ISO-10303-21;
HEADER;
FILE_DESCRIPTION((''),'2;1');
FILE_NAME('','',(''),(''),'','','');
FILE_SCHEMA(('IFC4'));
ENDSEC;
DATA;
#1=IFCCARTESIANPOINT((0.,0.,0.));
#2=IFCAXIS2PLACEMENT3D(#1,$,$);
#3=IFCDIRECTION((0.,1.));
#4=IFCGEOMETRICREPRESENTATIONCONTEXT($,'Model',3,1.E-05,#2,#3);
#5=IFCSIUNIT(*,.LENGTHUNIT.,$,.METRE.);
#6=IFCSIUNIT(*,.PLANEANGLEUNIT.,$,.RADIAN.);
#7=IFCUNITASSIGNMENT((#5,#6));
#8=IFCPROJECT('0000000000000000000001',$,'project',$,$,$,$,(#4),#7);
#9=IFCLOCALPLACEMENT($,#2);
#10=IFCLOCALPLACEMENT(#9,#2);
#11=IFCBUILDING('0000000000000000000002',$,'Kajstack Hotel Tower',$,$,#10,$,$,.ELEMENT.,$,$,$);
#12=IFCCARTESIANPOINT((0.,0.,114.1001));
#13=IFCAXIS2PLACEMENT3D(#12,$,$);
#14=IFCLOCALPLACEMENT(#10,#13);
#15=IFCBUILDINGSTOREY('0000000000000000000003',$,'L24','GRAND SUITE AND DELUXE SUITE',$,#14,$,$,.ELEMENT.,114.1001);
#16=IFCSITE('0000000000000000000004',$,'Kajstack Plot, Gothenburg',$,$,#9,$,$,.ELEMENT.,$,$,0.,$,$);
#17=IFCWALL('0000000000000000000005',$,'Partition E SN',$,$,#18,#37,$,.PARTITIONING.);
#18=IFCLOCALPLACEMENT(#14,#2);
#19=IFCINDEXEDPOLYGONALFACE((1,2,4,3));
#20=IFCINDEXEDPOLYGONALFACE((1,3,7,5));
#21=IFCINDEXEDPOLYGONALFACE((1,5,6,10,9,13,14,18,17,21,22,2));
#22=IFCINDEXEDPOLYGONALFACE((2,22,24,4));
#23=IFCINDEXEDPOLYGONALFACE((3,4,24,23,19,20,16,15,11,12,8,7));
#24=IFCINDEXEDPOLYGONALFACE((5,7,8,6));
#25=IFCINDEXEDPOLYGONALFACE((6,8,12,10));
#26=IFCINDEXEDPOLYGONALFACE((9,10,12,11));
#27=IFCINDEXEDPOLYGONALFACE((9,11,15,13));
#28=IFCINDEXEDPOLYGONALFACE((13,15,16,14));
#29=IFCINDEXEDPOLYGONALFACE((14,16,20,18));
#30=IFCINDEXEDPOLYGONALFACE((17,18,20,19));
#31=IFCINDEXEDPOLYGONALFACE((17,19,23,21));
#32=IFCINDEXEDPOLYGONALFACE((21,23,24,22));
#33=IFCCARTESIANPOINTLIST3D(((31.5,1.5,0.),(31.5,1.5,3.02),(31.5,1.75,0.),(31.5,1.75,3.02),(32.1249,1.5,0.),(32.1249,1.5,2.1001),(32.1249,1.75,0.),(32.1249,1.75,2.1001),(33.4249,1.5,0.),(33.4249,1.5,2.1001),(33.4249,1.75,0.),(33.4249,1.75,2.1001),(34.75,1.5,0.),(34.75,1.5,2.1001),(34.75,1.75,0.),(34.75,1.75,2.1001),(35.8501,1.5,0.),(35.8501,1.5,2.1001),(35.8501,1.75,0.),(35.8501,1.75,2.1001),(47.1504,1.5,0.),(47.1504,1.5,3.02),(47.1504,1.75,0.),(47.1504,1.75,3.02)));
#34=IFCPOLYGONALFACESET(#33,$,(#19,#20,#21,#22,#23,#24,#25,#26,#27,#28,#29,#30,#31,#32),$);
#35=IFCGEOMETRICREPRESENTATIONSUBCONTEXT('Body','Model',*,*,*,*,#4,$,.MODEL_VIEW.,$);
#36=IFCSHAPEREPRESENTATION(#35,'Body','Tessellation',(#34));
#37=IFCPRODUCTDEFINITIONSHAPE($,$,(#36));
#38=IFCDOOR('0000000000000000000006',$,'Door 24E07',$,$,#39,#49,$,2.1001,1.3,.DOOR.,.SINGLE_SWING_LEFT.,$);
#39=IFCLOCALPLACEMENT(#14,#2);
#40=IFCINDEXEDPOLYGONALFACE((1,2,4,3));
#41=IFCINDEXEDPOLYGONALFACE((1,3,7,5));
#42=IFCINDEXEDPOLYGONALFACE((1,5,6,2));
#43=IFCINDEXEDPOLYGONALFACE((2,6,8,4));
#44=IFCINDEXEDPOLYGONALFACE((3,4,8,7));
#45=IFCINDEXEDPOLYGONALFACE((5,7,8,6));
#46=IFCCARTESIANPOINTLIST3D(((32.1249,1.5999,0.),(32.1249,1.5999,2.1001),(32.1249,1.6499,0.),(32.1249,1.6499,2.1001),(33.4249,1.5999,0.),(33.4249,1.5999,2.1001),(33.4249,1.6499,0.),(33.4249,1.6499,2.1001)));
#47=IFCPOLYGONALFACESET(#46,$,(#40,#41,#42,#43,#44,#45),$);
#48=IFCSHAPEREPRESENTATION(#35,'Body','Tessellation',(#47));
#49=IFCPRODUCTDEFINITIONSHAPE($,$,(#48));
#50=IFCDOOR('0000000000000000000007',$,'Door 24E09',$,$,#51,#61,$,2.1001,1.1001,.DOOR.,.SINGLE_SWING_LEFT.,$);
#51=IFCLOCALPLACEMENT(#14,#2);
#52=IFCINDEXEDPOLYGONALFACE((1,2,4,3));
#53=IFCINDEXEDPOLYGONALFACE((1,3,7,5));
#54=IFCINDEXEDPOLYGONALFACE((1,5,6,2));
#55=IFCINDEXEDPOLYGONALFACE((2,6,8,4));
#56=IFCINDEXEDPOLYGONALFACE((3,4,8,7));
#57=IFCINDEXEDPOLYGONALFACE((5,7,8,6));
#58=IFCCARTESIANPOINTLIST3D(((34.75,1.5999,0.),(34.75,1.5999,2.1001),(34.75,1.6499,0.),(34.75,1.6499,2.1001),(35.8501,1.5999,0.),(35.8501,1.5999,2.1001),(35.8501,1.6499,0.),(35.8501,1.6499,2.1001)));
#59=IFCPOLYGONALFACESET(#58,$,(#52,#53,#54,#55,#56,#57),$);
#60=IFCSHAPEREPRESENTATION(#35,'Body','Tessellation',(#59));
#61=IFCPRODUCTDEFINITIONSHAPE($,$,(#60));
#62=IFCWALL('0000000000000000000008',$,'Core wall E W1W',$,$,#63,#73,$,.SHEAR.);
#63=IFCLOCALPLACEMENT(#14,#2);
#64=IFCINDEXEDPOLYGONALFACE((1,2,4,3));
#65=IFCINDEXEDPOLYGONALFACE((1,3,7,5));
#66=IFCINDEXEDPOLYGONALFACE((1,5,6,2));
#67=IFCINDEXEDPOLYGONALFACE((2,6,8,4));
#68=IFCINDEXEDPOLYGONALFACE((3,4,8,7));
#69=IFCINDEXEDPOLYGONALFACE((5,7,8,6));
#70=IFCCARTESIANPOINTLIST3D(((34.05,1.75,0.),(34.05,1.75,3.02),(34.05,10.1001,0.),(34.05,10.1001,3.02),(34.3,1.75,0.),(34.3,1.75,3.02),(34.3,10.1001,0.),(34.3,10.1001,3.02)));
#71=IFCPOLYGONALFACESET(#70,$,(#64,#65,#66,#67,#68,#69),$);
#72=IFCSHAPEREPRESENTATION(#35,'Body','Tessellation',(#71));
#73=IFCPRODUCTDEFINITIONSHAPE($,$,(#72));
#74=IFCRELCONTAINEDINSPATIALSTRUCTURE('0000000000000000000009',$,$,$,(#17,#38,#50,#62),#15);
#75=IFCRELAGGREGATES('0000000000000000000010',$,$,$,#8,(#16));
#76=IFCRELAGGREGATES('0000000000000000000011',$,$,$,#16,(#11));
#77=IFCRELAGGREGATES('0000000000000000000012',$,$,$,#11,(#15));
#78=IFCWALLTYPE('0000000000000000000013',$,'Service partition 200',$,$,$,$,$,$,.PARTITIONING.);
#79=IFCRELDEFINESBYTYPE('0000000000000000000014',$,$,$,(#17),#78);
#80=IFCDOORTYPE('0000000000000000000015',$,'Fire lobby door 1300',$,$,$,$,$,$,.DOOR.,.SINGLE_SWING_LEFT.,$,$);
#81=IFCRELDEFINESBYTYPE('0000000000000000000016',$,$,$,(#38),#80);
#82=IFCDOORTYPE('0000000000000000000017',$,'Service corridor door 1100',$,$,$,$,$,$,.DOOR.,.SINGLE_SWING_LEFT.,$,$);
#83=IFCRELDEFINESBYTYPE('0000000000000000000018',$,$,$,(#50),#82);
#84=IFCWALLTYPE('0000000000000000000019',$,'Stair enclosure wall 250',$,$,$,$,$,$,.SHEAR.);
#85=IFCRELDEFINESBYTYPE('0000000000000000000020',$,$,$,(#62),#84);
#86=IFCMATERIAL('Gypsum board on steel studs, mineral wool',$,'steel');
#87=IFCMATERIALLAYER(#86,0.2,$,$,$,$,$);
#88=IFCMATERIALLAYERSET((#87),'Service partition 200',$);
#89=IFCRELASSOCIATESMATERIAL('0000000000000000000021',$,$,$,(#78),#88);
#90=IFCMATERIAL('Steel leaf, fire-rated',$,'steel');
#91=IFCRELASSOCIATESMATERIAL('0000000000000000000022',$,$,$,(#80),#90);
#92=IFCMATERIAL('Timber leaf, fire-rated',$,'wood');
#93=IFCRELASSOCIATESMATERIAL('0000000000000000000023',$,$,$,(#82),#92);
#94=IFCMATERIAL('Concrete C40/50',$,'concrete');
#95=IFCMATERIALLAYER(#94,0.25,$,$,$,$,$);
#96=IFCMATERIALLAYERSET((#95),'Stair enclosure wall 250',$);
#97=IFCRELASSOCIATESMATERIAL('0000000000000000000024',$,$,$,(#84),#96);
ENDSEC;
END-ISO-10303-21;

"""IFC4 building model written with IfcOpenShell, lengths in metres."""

from ifc_helpers import new_model, si_unit, direction, frame, frame_2d, origin, place, context, subcontext, project, spatial, rectangle, extrude, material, layer, layer_set, type_object, element, fill, save


model = new_model("IFC4")

# Units and contexts
model_context = context("Model", 3, precision=1e-05, world=origin(), true_north=direction((0.0, 1.0)))
body_context = subcontext(model_context, "Body", "Model", "MODEL_VIEW")
ifc_project = project(units=[si_unit("LENGTHUNIT", "METRE"), si_unit("PLANEANGLEUNIT", "RADIAN")], contexts=[model_context])

# Site, building, storey
site_placement = place(None, origin())
site = spatial("IfcSite", under=ifc_project, at=site_placement, Name="Kajstack Plot, Gothenburg", CompositionType="ELEMENT", RefElevation=0.0)
building_placement = place(site_placement, origin())
building = spatial("IfcBuilding", under=site, at=building_placement, Name="Kajstack Hotel Tower", CompositionType="ELEMENT")
storey_placement = place(building_placement, frame((0.0, 0.0, 114.1001)))
storey = spatial("IfcBuildingStorey", under=building, at=storey_placement, Name="L24", Description="GRAND SUITE AND DELUXE SUITE", CompositionType="ELEMENT", Elevation=114.1001)

# Wall, openings, doors
ifc_material_1 = material(Name="Gypsum board on steel studs, mineral wool", Category="steel")
ifc_layer_1 = layer(ifc_material_1, 0.2)
ifc_layer_set_1 = layer_set([ifc_layer_1], Name="Service partition 200")
wall_type_1 = type_object("IfcWallType", Name="Service partition 200", PredefinedType="PARTITIONING", material=ifc_layer_set_1)
wall_1_placement = place(storey_placement, frame((31.5, 1.625, 0.0), z_axis=(0.0, 0.0, 1.0), x_axis=(1.0, 0.0, 0.0)))
wall_1 = element("IfcWall", 1, at=wall_1_placement, inside=storey, type_object=wall_type_1, Name="Partition E SN", PredefinedType="PARTITIONING", context=body_context, shape_type="SweptSolid", body=[
    extrude(rectangle(XDim=15.6504, YDim=0.25, at=frame_2d((7.8252, 0.0))), origin(), (0.0, 0.0, 1.0), 3.02),
])
opening_1_placement = place(wall_1_placement, frame((0.625, 0.0, 0.0)))
opening_1 = element("IfcOpeningElement", 2, at=opening_1_placement, cuts=wall_1, PredefinedType="OPENING", context=body_context, shape_type="SweptSolid", body=[
    extrude(rectangle(XDim=1.3, YDim=2.1001, at=frame_2d((0.6499, 1.05))), frame((0.0, 0.135, 0.0), z_axis=(0.0, -1.0, 0.0), x_axis=(1.0, 0.0, 0.0)), (0.0, 0.0, 1.0), 0.27),
])
opening_2_placement = place(wall_1_placement, frame((3.25, 0.0, 0.0)))
opening_2 = element("IfcOpeningElement", 3, at=opening_2_placement, cuts=wall_1, PredefinedType="OPENING", context=body_context, shape_type="SweptSolid", body=[
    extrude(rectangle(XDim=1.1001, YDim=2.1001, at=frame_2d((0.55, 1.05))), frame((0.0, 0.135, 0.0), z_axis=(0.0, -1.0, 0.0), x_axis=(1.0, 0.0, 0.0)), (0.0, 0.0, 1.0), 0.27),
])
ifc_material_2 = material(Name="Steel leaf, fire-rated", Category="steel")
door_type_1 = type_object("IfcDoorType", Name="Fire lobby door 1300", OperationType="SINGLE_SWING_LEFT", PredefinedType="DOOR", material=ifc_material_2)
door_1_placement = place(opening_1_placement, origin())
door_1 = element("IfcDoor", 4, at=door_1_placement, inside=storey, type_object=door_type_1, Name="Door 24E07", OperationType="SINGLE_SWING_LEFT", OverallHeight=2.1001, OverallWidth=1.3, PredefinedType="DOOR", context=body_context, shape_type="SweptSolid", body=[
    extrude(rectangle(XDim=1.3, YDim=2.1001, at=frame_2d((0.6499, 1.05))), frame((0.0, 0.0249, 0.0), z_axis=(0.0, -1.0, 0.0), x_axis=(1.0, 0.0, 0.0)), (0.0, 0.0, 1.0), 0.05),
])
fill(opening_1, door_1)
ifc_material_3 = material(Name="Timber leaf, fire-rated", Category="wood")
door_type_2 = type_object("IfcDoorType", Name="Service corridor door 1100", OperationType="SINGLE_SWING_LEFT", PredefinedType="DOOR", material=ifc_material_3)
door_2_placement = place(opening_2_placement, origin())
door_2 = element("IfcDoor", 5, at=door_2_placement, inside=storey, type_object=door_type_2, Name="Door 24E09", OperationType="SINGLE_SWING_LEFT", OverallHeight=2.1001, OverallWidth=1.1001, PredefinedType="DOOR", context=body_context, shape_type="SweptSolid", body=[
    extrude(rectangle(XDim=1.1001, YDim=2.1001, at=frame_2d((0.55, 1.05))), frame((0.0, 0.0249, 0.0), z_axis=(0.0, -1.0, 0.0), x_axis=(1.0, 0.0, 0.0)), (0.0, 0.0, 1.0), 0.05),
])
fill(opening_2, door_2)

# Wall
ifc_material_4 = material(Name="Concrete C40/50", Category="concrete")
ifc_layer_2 = layer(ifc_material_4, 0.25)
ifc_layer_set_2 = layer_set([ifc_layer_2], Name="Stair enclosure wall 250")
wall_type_2 = type_object("IfcWallType", Name="Stair enclosure wall 250", PredefinedType="SHEAR", material=ifc_layer_set_2)
wall_2_placement = place(storey_placement, frame((34.175, 1.75, 0.0), z_axis=(0.0, 0.0, 1.0), x_axis=(0.0, 1.0, 0.0)))
element("IfcWall", 6, at=wall_2_placement, inside=storey, type_object=wall_type_2, Name="Core wall E W1W", PredefinedType="SHEAR", context=body_context, shape_type="SweptSolid", body=[
    extrude(rectangle(XDim=8.3501, YDim=0.25, at=frame_2d((4.175, 0.0))), origin(), (0.0, 0.0, 1.0), 3.02),
])

save(model, "model.ifc")
